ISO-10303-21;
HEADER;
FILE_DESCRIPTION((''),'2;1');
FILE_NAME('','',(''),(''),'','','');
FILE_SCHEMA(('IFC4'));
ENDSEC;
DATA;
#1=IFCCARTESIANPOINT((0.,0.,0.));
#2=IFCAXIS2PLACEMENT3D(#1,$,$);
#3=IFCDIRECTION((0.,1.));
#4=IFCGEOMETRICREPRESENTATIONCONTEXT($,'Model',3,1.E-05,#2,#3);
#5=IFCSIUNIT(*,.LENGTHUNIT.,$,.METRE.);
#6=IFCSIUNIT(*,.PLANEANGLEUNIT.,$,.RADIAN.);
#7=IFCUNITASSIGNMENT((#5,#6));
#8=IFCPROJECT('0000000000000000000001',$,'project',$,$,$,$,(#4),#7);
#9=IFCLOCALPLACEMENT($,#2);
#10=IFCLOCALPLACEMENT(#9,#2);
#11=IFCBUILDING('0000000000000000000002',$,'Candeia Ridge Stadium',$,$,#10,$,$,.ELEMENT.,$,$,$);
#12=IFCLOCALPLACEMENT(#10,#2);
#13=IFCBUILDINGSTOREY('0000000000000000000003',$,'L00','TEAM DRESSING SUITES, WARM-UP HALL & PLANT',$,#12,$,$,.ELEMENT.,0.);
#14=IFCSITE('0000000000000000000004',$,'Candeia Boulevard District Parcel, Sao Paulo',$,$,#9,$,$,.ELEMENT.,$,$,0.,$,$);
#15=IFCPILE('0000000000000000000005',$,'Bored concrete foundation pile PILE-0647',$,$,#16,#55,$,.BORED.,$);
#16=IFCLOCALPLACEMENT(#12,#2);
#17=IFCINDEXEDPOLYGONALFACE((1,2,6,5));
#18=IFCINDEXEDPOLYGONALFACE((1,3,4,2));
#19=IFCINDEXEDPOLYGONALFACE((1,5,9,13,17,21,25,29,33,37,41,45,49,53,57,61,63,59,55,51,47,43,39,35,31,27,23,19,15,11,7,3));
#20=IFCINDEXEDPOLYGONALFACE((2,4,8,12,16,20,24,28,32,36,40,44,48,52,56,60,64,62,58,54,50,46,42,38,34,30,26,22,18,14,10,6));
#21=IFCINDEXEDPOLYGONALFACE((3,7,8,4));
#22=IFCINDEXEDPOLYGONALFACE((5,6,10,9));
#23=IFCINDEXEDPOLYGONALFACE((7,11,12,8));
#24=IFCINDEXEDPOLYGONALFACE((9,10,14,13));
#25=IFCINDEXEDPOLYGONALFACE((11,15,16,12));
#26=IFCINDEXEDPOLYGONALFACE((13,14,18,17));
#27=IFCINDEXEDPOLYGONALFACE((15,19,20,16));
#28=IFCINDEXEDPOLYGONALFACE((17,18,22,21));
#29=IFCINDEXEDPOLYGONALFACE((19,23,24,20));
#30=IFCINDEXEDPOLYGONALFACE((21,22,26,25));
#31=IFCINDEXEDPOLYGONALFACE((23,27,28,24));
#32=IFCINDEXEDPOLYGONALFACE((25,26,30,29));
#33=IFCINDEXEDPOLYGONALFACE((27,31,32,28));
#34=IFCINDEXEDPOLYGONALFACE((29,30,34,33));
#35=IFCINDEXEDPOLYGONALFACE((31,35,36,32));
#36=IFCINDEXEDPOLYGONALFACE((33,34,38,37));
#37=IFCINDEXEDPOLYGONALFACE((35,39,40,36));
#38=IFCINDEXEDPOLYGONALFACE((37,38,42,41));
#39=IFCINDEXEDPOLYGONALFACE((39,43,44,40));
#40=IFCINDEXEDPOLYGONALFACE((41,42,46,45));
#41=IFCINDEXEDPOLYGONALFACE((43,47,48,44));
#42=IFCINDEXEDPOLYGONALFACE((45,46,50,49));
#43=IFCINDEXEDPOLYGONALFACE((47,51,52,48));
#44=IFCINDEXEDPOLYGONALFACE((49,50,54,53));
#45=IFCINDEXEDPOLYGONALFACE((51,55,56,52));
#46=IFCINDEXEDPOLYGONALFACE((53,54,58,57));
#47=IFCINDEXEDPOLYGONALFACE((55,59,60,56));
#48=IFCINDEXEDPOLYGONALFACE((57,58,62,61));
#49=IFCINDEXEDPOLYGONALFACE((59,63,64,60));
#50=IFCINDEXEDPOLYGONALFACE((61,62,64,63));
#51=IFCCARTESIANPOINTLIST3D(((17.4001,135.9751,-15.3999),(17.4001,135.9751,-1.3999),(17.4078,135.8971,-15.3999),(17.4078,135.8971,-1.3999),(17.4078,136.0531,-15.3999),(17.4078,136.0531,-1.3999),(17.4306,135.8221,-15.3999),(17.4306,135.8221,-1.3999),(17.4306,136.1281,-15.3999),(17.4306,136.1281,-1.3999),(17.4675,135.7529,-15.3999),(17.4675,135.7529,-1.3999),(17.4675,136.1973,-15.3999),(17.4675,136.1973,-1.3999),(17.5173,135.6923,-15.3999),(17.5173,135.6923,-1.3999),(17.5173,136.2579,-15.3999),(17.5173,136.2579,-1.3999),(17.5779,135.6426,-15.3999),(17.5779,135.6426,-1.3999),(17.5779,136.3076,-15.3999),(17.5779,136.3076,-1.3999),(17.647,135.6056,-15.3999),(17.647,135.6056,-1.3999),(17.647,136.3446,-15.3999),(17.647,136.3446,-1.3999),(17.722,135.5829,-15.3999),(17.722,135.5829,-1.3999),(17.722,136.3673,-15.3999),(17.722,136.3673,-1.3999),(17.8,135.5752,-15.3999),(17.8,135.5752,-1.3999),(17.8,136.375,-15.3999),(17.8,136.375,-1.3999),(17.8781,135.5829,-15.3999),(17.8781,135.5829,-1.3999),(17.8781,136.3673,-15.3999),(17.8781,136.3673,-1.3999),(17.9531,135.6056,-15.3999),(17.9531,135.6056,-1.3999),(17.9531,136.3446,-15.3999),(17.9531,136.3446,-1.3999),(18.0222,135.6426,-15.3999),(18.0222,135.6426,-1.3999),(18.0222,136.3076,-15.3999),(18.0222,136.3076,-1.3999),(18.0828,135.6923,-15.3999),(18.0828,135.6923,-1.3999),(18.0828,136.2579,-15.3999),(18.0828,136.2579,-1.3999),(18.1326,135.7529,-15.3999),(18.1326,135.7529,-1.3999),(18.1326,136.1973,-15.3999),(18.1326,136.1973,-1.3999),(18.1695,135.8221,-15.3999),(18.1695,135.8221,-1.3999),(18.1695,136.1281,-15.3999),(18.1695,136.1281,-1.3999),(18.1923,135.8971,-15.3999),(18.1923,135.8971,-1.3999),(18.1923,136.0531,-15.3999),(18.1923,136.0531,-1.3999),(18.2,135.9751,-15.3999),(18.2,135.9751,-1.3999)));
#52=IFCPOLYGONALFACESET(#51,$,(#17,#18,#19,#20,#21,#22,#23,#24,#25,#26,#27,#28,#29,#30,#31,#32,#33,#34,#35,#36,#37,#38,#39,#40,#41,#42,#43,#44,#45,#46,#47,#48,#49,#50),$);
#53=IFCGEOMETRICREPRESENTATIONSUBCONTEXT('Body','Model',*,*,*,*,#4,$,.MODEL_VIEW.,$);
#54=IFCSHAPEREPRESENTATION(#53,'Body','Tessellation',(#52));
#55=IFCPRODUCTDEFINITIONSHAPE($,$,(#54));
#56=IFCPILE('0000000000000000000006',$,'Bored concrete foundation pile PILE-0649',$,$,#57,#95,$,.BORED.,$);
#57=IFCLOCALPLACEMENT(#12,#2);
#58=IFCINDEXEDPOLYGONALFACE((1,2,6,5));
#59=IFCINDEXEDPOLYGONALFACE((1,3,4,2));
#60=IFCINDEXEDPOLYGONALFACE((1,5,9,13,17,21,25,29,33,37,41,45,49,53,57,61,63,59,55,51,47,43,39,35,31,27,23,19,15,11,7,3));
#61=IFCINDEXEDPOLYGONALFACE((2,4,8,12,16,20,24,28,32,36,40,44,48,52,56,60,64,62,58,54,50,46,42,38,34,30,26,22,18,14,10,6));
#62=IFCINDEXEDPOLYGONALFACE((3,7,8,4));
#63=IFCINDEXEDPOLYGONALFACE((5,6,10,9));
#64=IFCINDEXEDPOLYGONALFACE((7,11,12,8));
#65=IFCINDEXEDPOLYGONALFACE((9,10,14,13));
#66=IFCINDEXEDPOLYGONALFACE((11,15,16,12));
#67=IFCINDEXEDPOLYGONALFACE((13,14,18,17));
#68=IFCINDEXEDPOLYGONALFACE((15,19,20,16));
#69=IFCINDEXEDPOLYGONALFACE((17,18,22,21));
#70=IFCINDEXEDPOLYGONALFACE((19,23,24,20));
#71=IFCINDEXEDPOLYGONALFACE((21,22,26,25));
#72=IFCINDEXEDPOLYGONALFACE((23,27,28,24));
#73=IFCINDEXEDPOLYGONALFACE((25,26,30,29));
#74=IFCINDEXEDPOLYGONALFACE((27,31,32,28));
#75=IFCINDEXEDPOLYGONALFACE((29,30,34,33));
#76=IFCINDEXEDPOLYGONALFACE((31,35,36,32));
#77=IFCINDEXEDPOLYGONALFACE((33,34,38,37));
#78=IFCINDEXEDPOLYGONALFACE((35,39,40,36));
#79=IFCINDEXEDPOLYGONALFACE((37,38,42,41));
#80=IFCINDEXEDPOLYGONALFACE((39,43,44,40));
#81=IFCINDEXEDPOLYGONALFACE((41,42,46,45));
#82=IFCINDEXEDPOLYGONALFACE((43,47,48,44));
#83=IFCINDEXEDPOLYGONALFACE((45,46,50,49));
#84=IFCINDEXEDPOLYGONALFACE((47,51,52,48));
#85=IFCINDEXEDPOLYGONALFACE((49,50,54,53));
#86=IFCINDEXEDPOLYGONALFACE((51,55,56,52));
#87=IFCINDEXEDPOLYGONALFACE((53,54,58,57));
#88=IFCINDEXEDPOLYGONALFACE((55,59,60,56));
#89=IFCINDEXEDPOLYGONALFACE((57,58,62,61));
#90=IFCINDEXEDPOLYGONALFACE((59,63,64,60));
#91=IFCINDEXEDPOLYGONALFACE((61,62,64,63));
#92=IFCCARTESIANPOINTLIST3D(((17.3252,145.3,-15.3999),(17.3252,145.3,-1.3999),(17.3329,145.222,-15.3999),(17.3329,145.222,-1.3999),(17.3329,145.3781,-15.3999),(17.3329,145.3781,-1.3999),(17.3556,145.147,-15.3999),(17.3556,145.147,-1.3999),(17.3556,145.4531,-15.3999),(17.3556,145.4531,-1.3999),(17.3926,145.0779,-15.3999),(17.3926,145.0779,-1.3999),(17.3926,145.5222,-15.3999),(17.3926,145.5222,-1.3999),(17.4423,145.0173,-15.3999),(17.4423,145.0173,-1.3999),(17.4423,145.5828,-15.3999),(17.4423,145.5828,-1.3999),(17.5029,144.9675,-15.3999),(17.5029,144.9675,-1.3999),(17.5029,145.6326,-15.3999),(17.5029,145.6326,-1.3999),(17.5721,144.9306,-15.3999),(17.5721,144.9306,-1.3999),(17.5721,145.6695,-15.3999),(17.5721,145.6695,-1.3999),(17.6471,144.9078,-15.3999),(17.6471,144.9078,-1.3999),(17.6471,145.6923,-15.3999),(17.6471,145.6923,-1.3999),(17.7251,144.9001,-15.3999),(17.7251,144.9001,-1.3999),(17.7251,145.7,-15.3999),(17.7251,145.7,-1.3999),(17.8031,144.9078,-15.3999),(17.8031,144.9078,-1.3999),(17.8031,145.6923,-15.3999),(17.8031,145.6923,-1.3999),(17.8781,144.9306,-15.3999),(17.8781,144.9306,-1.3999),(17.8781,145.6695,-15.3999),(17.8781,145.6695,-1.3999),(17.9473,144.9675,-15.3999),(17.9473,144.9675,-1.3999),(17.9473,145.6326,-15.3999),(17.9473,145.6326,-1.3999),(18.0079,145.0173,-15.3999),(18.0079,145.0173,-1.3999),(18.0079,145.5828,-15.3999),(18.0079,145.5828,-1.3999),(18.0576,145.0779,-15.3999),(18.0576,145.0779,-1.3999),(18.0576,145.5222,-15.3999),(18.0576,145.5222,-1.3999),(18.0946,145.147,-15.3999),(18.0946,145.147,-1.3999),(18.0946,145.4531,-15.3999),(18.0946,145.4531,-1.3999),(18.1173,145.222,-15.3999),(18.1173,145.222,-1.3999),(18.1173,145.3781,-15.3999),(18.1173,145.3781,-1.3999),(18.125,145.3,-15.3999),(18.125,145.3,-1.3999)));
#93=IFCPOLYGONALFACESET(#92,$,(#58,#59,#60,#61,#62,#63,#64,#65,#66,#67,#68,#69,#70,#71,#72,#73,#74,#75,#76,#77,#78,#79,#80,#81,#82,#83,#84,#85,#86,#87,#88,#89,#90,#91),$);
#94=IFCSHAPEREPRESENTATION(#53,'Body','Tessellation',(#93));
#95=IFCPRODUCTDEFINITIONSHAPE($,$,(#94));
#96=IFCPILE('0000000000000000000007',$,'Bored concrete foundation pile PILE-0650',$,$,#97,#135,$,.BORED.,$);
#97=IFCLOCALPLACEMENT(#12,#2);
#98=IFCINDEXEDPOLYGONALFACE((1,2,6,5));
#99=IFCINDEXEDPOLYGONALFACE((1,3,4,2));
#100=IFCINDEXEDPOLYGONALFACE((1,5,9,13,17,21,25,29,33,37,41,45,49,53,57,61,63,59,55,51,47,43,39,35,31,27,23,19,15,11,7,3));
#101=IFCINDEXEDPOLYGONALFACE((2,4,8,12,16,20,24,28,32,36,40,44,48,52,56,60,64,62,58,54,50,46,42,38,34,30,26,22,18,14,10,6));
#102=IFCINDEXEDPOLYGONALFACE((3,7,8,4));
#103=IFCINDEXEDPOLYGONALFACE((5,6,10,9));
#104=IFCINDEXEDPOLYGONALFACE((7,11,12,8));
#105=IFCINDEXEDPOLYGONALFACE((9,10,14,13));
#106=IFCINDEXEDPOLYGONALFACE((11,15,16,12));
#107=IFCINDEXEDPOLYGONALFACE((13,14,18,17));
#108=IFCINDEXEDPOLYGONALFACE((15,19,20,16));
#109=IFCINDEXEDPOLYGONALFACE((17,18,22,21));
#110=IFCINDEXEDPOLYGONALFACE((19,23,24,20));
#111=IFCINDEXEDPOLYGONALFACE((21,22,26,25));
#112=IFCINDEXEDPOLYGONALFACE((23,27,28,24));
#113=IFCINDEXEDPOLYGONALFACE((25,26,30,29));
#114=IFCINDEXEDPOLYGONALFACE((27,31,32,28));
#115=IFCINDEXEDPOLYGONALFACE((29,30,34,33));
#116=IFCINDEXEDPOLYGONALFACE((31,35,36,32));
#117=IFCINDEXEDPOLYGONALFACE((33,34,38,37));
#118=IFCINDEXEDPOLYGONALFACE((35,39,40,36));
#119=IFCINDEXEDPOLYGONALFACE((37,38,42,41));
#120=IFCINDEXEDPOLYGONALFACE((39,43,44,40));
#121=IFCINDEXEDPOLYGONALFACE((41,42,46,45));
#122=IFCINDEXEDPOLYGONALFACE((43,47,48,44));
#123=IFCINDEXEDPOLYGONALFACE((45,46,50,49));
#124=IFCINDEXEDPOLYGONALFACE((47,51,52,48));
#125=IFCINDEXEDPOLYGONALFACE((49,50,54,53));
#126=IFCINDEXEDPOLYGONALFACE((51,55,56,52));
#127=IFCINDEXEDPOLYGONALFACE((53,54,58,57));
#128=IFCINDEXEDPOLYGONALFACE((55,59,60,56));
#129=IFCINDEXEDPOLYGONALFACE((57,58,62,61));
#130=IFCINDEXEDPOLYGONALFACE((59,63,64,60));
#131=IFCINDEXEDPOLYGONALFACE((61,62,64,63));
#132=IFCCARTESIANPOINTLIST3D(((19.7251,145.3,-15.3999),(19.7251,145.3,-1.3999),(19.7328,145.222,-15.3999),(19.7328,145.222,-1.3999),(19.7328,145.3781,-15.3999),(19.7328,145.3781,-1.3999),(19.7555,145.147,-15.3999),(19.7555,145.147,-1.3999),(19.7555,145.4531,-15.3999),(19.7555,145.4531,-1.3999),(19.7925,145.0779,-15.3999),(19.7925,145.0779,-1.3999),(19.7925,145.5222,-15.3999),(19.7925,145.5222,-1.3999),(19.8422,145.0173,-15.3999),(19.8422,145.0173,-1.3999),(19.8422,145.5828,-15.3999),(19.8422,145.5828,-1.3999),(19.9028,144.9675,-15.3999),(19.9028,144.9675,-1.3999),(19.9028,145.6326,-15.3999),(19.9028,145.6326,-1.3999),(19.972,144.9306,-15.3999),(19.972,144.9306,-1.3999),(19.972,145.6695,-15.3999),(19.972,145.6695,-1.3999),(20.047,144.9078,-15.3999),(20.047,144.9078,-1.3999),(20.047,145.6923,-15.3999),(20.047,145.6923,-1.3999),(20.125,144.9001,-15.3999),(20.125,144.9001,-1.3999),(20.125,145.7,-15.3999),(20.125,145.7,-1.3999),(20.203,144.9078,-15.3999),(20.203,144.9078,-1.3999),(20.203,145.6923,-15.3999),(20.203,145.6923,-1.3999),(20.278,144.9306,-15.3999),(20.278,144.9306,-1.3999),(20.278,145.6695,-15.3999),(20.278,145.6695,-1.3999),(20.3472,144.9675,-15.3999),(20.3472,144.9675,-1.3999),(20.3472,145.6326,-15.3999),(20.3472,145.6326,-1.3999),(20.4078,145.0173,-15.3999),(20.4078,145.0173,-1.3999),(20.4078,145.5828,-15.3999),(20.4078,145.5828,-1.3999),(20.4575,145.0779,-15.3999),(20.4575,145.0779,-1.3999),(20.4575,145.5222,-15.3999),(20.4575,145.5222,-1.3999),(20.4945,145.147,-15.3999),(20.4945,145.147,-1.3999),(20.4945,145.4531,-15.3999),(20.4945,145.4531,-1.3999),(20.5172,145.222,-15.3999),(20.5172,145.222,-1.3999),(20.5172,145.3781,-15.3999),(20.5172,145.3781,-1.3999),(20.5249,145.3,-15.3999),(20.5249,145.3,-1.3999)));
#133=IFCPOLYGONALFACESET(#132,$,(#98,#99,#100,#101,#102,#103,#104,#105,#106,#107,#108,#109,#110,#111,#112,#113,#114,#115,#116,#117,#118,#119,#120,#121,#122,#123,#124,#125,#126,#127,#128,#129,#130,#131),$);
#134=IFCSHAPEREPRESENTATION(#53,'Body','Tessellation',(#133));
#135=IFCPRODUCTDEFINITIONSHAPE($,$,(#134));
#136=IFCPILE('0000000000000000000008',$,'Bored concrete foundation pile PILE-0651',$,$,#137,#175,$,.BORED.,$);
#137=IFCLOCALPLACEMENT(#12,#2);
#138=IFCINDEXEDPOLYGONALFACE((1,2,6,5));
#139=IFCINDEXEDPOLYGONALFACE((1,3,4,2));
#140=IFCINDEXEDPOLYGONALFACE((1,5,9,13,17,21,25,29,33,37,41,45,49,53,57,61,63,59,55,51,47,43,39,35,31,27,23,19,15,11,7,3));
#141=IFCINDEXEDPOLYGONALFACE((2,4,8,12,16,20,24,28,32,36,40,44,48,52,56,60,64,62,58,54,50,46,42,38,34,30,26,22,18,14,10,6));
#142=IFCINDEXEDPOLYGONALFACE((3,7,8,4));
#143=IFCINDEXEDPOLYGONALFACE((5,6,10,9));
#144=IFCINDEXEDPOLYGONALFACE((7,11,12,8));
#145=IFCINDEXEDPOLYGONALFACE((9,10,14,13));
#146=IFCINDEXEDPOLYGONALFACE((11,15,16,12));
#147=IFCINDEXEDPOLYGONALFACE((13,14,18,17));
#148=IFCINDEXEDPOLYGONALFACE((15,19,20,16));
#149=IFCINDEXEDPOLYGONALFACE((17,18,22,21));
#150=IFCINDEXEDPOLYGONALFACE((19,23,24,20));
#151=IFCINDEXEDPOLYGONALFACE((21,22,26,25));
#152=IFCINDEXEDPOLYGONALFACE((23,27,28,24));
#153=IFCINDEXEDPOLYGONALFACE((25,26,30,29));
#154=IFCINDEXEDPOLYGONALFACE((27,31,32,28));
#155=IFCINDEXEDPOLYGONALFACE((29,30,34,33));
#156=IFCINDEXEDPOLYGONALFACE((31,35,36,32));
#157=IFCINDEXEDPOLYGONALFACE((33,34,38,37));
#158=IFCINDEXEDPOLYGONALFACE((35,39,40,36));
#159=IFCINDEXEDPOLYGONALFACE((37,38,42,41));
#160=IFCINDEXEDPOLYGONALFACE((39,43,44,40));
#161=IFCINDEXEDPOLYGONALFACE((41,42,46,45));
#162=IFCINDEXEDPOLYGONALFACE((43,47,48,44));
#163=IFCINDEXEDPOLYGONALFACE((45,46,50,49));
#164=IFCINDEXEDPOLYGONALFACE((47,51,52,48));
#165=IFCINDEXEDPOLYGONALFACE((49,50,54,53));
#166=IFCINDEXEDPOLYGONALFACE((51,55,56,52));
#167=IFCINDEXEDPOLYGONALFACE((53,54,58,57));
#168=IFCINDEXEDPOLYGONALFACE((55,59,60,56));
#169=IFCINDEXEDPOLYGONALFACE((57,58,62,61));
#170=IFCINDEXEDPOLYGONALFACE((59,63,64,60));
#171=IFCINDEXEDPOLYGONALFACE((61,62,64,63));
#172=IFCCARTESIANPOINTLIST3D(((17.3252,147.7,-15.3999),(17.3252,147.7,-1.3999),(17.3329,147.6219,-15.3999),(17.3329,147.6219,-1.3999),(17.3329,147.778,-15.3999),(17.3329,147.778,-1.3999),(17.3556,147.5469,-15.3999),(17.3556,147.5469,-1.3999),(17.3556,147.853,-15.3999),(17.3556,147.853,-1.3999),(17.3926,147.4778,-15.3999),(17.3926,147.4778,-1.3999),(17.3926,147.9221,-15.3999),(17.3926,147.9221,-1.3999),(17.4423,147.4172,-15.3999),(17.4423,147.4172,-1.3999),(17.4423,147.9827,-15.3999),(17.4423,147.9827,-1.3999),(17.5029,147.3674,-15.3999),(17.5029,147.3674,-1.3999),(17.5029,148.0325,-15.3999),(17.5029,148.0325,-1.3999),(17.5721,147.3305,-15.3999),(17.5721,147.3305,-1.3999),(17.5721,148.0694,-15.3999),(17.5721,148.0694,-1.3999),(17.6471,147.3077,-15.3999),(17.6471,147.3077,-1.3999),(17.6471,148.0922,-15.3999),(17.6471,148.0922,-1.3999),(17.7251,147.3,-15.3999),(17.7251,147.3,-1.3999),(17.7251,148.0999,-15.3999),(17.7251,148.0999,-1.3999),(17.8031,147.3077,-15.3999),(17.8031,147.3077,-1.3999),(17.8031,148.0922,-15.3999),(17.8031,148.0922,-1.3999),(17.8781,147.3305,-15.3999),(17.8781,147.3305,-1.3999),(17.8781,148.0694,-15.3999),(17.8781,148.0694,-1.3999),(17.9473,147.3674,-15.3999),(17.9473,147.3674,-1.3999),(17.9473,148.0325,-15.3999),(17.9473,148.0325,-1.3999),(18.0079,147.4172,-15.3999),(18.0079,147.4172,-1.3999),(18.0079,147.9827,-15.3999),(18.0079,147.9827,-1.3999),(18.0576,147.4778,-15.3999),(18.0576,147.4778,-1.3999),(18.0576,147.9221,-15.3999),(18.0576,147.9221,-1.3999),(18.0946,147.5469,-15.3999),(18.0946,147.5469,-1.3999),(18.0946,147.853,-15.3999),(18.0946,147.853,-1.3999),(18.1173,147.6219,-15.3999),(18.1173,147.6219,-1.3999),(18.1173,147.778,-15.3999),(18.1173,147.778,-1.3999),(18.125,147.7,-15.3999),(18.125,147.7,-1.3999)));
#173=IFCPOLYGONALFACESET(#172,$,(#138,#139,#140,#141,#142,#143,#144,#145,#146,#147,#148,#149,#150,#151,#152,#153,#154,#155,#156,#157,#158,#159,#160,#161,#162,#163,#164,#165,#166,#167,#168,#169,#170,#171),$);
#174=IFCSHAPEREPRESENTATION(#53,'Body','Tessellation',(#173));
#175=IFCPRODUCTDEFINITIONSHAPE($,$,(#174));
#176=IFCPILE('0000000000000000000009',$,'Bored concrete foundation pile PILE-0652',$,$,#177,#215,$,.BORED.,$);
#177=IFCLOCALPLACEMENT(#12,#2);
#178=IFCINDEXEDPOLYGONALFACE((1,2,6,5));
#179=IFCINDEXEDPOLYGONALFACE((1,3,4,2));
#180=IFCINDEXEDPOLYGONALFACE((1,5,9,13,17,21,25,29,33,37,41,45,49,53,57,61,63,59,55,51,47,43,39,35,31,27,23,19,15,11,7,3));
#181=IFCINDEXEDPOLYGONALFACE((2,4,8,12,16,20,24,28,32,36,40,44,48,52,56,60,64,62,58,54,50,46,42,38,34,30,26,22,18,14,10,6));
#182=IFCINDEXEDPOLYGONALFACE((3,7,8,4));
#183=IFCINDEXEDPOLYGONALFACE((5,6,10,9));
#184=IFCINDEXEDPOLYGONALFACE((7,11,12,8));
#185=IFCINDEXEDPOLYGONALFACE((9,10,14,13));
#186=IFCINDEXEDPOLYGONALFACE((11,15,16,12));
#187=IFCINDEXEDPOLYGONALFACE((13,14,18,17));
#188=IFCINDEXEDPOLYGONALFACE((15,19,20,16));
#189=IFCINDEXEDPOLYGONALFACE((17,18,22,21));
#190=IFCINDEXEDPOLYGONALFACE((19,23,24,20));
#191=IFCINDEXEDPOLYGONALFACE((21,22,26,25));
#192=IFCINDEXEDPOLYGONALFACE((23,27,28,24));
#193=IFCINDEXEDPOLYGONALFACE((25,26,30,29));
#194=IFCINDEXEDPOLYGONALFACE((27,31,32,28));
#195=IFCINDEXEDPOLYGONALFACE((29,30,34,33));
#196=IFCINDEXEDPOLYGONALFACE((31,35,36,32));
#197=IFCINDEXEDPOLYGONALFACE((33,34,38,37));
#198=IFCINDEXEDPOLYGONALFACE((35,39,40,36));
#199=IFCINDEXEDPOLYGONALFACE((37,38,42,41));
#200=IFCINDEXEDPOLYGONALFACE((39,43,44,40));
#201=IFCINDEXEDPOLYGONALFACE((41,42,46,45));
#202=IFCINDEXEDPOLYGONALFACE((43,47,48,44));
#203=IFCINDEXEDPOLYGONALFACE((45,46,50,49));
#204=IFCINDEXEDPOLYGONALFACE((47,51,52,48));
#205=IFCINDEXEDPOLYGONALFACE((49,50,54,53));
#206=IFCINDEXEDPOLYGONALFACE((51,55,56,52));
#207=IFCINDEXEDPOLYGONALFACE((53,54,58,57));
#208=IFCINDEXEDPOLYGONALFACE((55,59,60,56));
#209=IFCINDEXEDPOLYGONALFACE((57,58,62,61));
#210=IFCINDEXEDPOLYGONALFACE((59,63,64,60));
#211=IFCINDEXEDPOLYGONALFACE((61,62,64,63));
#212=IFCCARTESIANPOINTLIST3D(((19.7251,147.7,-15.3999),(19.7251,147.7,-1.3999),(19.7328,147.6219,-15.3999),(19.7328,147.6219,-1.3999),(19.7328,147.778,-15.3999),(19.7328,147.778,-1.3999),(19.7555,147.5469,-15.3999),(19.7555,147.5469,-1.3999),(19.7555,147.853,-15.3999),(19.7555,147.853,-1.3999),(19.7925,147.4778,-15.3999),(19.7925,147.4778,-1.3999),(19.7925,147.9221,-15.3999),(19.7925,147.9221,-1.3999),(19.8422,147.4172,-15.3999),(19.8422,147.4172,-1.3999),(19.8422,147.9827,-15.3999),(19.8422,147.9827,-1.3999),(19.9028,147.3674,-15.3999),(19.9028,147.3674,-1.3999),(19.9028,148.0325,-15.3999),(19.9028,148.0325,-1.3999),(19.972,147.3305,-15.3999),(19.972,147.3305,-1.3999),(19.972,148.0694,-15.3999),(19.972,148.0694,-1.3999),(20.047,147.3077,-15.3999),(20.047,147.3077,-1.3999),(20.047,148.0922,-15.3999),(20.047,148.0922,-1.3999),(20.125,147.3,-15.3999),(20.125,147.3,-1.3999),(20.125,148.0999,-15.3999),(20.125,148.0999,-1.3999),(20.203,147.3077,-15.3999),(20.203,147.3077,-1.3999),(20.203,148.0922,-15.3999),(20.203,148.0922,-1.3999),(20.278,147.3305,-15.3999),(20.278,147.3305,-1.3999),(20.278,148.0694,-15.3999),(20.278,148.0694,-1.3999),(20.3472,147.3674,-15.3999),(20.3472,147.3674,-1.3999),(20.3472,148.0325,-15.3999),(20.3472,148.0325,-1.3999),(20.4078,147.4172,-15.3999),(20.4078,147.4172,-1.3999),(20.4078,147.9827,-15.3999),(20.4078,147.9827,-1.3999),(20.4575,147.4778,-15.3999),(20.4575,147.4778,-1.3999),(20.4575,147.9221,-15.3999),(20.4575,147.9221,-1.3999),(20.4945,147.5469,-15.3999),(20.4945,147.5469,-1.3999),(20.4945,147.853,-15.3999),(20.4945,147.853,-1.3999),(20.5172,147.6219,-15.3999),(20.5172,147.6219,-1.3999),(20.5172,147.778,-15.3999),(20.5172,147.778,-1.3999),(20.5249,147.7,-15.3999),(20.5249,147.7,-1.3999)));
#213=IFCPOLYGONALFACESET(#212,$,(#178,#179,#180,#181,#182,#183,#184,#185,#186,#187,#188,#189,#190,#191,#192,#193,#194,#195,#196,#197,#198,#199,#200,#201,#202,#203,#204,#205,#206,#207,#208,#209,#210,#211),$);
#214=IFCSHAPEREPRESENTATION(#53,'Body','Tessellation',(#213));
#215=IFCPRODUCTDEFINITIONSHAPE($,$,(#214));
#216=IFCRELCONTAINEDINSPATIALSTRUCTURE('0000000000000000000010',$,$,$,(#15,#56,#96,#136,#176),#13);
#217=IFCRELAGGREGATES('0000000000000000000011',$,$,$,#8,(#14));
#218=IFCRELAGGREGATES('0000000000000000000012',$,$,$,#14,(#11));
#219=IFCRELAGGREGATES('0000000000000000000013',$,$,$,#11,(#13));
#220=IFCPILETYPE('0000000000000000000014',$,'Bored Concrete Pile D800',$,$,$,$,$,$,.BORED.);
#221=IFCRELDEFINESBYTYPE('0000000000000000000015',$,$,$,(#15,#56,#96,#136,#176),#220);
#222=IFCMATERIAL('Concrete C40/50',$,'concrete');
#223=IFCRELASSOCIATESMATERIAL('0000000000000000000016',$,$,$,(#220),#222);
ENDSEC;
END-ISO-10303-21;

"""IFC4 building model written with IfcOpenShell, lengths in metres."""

from ifc_helpers import new_model, si_unit, direction, frame, origin, origin_2d, place, context, subcontext, project, spatial, circle, extrude, material, material_profile, profile_set, type_object, element, save


model = new_model("IFC4")

# Units and contexts
model_context = context("Model", 3, precision=1e-05, world=origin(), true_north=direction((0.0, 1.0)))
body_context = subcontext(model_context, "Body", "Model", "MODEL_VIEW")
ifc_project = project(units=[si_unit("LENGTHUNIT", "METRE"), si_unit("PLANEANGLEUNIT", "RADIAN")], contexts=[model_context])

# Site, building, storey
site_placement = place(None, origin())
site = spatial("IfcSite", under=ifc_project, at=site_placement, Name="Candeia Boulevard District Parcel, Sao Paulo", CompositionType="ELEMENT", RefElevation=0.0)
building_placement = place(site_placement, origin())
building = spatial("IfcBuilding", under=site, at=building_placement, Name="Candeia Ridge Stadium", CompositionType="ELEMENT")
storey_placement = place(building_placement, origin())
storey = spatial("IfcBuildingStorey", under=building, at=storey_placement, Name="L00", Description="TEAM DRESSING SUITES, WARM-UP HALL & PLANT", CompositionType="ELEMENT", Elevation=0.0)

# Piles
ifc_material_1 = material(Name="Concrete C40/50", Category="concrete")
ifc_material_profile_1 = material_profile(ifc_material_1, circle(Radius=0.3999, at=origin_2d()), Name="PILE-D800", Category="concrete")
ifc_profile_set_1 = profile_set([ifc_material_profile_1], Name="Concrete C40/50")
pile_type = type_object("IfcPileType", Name="Bored Concrete Pile D800", PredefinedType="BORED", material=ifc_profile_set_1)
for number, where, z_axis, x_axis, name in (
    (1, (17.8, 135.9751, -1.3999), (0.0, 0.0, -1.0), (1.0, 0.0, 0.0), "Bored concrete foundation pile PILE-0647"),
    (2, (17.7251, 145.3, -1.3999), (0.0, 0.0, -1.0), (1.0, 0.0, 0.0), "Bored concrete foundation pile PILE-0649"),
    (3, (20.125, 145.3, -1.3999), (0.0, 0.0, -1.0), (1.0, 0.0, 0.0), "Bored concrete foundation pile PILE-0650"),
    (4, (17.7251, 147.7, -1.3999), (0.0, 0.0, -1.0), (1.0, 0.0, 0.0), "Bored concrete foundation pile PILE-0651"),
    (5, (20.125, 147.7, -1.3999), (0.0, 0.0, -1.0), (1.0, 0.0, 0.0), "Bored concrete foundation pile PILE-0652"),
):
    element("IfcPile", number, at=place(storey_placement, frame(where, z_axis=z_axis, x_axis=x_axis)), inside=storey, type_object=pile_type, Name=name, PredefinedType="BORED", context=body_context, shape_type="SweptSolid", body=[
        extrude(circle(Radius=0.3999, at=origin_2d()), origin(), (0.0, 0.0, 1.0), 14.0),
    ])

save(model, "model.ifc")
